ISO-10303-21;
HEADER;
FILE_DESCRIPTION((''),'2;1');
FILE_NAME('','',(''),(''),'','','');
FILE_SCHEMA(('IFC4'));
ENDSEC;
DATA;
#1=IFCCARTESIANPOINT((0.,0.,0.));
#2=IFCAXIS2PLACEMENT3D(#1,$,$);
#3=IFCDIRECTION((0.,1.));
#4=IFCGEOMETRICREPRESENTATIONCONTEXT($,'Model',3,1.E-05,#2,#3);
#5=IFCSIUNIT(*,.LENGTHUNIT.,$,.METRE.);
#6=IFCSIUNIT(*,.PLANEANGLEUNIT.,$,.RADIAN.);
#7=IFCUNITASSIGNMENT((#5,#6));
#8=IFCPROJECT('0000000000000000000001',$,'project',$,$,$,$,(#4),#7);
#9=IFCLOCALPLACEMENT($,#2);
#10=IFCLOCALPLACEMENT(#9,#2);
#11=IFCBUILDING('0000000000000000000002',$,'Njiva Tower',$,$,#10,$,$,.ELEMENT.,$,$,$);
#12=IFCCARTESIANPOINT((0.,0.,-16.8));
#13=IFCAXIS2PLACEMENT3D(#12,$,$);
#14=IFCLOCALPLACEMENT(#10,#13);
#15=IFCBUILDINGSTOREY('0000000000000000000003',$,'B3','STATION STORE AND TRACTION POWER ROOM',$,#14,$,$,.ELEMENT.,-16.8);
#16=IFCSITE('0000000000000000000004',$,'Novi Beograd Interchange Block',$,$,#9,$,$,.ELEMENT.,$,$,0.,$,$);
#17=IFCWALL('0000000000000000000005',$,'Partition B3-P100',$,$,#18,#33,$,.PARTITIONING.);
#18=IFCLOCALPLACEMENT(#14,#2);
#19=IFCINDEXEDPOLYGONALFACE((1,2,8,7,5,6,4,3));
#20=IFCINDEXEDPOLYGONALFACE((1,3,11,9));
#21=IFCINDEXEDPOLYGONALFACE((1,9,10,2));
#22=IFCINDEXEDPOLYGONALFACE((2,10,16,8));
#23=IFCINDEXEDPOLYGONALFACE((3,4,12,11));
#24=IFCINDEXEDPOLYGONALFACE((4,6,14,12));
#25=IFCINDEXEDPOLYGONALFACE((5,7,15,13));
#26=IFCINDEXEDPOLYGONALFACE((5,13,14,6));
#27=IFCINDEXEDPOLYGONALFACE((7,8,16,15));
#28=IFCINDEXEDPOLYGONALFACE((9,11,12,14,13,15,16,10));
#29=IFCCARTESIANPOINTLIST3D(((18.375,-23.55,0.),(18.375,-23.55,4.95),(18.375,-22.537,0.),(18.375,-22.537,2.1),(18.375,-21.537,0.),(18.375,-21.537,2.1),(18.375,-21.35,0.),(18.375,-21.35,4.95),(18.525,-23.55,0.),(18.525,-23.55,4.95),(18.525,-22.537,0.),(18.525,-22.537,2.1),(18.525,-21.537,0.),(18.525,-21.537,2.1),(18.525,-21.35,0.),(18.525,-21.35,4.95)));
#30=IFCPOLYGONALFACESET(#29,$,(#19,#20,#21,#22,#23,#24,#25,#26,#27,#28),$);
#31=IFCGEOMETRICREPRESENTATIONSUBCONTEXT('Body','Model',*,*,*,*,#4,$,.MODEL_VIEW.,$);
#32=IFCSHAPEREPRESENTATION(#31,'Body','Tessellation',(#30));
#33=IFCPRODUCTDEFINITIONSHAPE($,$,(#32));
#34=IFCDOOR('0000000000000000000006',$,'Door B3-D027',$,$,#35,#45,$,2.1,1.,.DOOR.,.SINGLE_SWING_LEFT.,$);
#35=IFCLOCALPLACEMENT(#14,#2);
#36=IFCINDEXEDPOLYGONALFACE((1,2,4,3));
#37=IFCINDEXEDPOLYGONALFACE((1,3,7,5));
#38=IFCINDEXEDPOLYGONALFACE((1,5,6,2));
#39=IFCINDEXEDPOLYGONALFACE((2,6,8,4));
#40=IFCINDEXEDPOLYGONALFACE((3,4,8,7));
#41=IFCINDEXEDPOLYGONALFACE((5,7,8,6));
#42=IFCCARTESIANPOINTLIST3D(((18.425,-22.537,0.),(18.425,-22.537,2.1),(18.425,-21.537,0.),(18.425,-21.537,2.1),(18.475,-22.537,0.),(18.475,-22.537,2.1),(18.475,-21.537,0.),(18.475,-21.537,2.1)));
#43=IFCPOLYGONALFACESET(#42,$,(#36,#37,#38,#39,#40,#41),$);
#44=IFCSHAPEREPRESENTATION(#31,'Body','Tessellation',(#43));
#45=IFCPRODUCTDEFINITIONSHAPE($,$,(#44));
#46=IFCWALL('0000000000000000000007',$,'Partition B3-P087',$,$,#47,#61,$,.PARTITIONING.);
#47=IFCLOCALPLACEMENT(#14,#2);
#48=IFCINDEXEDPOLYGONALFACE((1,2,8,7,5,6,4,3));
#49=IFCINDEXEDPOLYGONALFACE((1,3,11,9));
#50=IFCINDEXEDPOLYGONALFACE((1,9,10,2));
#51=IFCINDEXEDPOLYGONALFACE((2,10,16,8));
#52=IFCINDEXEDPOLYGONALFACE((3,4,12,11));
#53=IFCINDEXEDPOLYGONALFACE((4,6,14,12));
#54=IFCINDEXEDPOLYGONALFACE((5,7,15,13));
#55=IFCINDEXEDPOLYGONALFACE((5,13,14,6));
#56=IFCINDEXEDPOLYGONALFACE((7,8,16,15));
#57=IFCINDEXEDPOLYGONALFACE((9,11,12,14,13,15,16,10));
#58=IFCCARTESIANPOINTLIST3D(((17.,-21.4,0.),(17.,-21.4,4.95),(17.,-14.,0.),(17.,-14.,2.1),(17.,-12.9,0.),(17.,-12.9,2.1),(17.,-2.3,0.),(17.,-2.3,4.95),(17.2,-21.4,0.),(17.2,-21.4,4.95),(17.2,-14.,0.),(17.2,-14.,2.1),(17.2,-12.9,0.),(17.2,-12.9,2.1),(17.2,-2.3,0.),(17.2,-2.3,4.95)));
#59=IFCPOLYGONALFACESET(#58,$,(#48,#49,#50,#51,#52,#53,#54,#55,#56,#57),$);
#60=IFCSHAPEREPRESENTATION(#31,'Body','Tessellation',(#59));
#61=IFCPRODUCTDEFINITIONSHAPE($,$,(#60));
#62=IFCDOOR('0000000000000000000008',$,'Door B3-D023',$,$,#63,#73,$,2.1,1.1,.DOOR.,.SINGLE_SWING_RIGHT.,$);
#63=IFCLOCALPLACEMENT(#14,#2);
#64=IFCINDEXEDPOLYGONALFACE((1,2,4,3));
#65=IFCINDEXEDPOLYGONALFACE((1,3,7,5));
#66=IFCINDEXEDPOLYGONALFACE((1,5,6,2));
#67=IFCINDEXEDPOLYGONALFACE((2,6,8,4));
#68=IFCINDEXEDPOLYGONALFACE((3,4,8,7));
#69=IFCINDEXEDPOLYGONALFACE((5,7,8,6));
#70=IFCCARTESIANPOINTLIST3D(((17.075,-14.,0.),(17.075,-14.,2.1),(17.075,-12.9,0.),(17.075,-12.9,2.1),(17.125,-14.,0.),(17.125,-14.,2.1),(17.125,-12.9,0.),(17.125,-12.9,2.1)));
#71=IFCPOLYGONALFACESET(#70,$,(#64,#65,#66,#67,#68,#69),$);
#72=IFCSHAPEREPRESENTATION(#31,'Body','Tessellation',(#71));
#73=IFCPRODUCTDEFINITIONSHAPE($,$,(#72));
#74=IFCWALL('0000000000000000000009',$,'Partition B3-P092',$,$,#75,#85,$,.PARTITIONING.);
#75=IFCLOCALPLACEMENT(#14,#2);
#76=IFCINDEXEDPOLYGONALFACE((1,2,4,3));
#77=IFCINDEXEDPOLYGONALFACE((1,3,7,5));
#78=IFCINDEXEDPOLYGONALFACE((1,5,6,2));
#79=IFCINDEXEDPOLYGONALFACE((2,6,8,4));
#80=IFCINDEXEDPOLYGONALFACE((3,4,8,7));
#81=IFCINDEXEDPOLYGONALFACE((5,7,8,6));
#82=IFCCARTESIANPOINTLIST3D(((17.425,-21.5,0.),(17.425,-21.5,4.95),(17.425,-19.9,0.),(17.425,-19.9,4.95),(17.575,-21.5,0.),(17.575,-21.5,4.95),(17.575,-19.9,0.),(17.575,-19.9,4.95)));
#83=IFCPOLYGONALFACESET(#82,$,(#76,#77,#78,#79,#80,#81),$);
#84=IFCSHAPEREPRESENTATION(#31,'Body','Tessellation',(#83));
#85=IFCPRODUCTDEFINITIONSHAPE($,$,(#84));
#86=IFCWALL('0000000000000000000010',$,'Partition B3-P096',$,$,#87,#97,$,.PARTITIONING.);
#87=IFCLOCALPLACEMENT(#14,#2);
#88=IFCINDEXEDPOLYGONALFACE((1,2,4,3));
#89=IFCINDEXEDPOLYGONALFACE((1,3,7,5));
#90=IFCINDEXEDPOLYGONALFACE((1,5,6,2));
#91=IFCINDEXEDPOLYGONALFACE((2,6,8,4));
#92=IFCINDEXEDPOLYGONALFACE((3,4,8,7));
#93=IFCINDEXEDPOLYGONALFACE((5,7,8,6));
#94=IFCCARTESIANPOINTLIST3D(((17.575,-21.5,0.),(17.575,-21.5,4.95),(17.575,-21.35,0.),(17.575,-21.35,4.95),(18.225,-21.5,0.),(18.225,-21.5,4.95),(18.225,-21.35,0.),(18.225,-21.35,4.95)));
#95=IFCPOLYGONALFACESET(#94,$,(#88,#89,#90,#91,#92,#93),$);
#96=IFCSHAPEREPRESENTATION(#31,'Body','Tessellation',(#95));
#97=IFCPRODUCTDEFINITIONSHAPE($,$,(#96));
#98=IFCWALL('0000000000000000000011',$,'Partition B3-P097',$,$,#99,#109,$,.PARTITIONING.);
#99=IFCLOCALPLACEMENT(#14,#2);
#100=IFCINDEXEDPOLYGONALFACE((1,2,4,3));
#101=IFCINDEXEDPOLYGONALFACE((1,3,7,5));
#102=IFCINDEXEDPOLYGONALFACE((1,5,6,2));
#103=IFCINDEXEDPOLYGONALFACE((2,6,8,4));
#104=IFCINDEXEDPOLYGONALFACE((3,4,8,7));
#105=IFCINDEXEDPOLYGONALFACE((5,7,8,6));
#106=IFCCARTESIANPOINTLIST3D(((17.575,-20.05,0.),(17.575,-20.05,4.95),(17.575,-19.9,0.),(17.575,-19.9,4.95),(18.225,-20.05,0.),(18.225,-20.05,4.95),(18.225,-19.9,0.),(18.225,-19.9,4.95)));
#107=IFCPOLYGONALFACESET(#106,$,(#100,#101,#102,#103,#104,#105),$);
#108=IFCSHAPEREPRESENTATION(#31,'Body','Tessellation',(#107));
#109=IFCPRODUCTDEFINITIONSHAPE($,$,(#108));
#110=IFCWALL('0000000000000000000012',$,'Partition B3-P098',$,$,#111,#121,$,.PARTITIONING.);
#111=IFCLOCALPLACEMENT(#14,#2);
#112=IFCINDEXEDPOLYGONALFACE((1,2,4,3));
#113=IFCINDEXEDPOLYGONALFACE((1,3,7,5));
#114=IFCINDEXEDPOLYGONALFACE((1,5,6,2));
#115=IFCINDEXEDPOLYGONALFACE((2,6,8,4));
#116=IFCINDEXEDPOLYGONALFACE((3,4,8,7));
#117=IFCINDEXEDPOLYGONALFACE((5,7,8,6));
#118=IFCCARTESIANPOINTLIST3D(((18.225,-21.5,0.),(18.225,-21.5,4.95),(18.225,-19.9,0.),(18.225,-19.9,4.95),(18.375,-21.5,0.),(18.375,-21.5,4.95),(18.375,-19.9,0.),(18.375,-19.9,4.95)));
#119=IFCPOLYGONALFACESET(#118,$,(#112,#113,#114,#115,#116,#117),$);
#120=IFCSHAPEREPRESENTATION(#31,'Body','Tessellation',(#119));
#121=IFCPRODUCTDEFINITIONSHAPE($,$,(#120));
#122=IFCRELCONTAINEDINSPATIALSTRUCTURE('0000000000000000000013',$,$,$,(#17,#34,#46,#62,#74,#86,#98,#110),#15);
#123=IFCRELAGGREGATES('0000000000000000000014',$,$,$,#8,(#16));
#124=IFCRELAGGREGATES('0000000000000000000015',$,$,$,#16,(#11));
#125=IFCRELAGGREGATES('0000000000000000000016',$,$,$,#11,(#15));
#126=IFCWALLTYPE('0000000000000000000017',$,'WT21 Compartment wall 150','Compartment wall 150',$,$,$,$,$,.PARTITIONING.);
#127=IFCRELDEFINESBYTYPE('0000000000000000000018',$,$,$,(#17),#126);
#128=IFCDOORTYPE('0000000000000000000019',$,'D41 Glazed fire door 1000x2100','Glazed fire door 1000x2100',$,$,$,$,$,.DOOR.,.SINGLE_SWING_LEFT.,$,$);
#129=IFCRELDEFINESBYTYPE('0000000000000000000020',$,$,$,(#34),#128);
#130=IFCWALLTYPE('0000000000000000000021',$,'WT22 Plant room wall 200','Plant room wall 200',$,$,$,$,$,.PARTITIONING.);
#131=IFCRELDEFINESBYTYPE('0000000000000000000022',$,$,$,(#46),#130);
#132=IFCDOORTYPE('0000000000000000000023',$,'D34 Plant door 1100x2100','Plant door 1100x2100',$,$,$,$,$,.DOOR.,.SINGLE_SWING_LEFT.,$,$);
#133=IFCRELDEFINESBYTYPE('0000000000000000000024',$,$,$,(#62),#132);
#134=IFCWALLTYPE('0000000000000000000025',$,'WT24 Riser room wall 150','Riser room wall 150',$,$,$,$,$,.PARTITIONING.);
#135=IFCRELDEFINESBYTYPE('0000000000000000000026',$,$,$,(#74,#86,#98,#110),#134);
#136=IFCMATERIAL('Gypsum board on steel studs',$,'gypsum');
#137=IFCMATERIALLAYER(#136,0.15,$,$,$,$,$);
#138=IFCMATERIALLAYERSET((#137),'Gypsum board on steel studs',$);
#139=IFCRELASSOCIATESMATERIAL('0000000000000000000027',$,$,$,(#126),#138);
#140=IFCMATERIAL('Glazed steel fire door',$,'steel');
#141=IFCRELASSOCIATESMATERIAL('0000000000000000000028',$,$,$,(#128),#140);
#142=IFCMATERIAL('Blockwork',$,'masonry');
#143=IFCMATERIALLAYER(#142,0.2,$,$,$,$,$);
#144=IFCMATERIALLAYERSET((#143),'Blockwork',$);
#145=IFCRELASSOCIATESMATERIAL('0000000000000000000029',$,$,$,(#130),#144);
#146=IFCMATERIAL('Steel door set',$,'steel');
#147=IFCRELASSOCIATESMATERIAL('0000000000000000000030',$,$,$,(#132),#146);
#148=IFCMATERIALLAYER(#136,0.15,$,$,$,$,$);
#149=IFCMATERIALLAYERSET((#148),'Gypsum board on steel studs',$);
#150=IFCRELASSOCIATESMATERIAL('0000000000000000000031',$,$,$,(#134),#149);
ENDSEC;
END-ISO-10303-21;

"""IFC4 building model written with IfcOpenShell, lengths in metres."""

from ifc_helpers import new_model, si_unit, direction, frame, frame_2d, origin, place, context, subcontext, project, spatial, rectangle, extrude, material, layer, layer_set, type_object, element, fill, save


model = new_model("IFC4")

# Units and contexts
model_context = context("Model", 3, precision=1e-05, world=origin(), true_north=direction((0.0, 1.0)))
body_context = subcontext(model_context, "Body", "Model", "MODEL_VIEW")
ifc_project = project(units=[si_unit("LENGTHUNIT", "METRE"), si_unit("PLANEANGLEUNIT", "RADIAN")], contexts=[model_context])

# Site, building, storey
site_placement = place(None, origin())
site = spatial("IfcSite", under=ifc_project, at=site_placement, Name="Novi Beograd Interchange Block", CompositionType="ELEMENT", RefElevation=0.0)
building_placement = place(site_placement, origin())
building = spatial("IfcBuilding", under=site, at=building_placement, Name="Njiva Tower", CompositionType="ELEMENT")
storey_placement = place(building_placement, frame((0.0, 0.0, -16.8)))
storey = spatial("IfcBuildingStorey", under=building, at=storey_placement, Name="B3", Description="STATION STORE AND TRACTION POWER ROOM", CompositionType="ELEMENT", Elevation=-16.8)

# Shared definitions
ifc_material_1 = material(Name="Gypsum board on steel studs", Category="gypsum")
ifc_layer_1 = layer(ifc_material_1, 0.15)
ifc_layer_set_1 = layer_set([ifc_layer_1], Name="Gypsum board on steel studs")
wall_type_1 = type_object("IfcWallType", Name="WT21 Compartment wall 150", Description="Compartment wall 150", PredefinedType="PARTITIONING", material=ifc_layer_set_1)
ifc_material_2 = material(Name="Glazed steel fire door", Category="steel")
door_type_1 = type_object("IfcDoorType", Name="D41 Glazed fire door 1000x2100", Description="Glazed fire door 1000x2100", OperationType="SINGLE_SWING_LEFT", PredefinedType="DOOR", material=ifc_material_2)

# Walls, openings, doors
wall_1_placement = place(storey_placement, frame((18.45, -23.55, 0.0), z_axis=(0.0, 0.0, 1.0), x_axis=(0.0, 1.0, 0.0)))
wall_1 = element("IfcWall", 1, at=wall_1_placement, inside=storey, type_object=wall_type_1, Name="Partition B3-P100", PredefinedType="PARTITIONING", context=body_context, shape_type="SweptSolid", body=[
    extrude(rectangle(XDim=2.2, YDim=0.15, at=frame_2d((1.1, 0.0))), origin(), (0.0, 0.0, 1.0), 4.95),
])
opening_1_placement = place(wall_1_placement, frame((1.013, 0.0, 0.0)))
opening_1 = element("IfcOpeningElement", 2, at=opening_1_placement, cuts=wall_1, PredefinedType="OPENING", context=body_context, shape_type="SweptSolid", body=[
    extrude(rectangle(XDim=1.0, YDim=2.1, at=frame_2d((0.5, 1.05))), frame((0.0, 0.085, 0.0), z_axis=(0.0, -1.0, 0.0), x_axis=(1.0, 0.0, 0.0)), (0.0, 0.0, 1.0), 0.17),
])
door_1_placement = place(opening_1_placement, origin())
door_1 = element("IfcDoor", 3, at=door_1_placement, inside=storey, type_object=door_type_1, Name="Door B3-D027", OperationType="SINGLE_SWING_LEFT", OverallHeight=2.1, OverallWidth=1.0, PredefinedType="DOOR", context=body_context, shape_type="SweptSolid", body=[
    extrude(rectangle(XDim=1.0, YDim=2.1, at=frame_2d((0.5, 1.05))), frame((0.0, 0.025, 0.0), z_axis=(0.0, -1.0, 0.0), x_axis=(1.0, 0.0, 0.0)), (0.0, 0.0, 1.0), 0.05),
])
fill(opening_1, door_1)
ifc_material_3 = material(Name="Blockwork", Category="masonry")
ifc_layer_2 = layer(ifc_material_3, 0.2)
ifc_layer_set_2 = layer_set([ifc_layer_2], Name="Blockwork")
wall_type_2 = type_object("IfcWallType", Name="WT22 Plant room wall 200", Description="Plant room wall 200", PredefinedType="PARTITIONING", material=ifc_layer_set_2)
wall_2_placement = place(storey_placement, frame((17.1, -21.4, 0.0), z_axis=(0.0, 0.0, 1.0), x_axis=(0.0, 1.0, 0.0)))
wall_2 = element("IfcWall", 4, at=wall_2_placement, inside=storey, type_object=wall_type_2, Name="Partition B3-P087", PredefinedType="PARTITIONING", context=body_context, shape_type="SweptSolid", body=[
    extrude(rectangle(XDim=19.1, YDim=0.2, at=frame_2d((9.55, 0.0))), origin(), (0.0, 0.0, 1.0), 4.95),
])
opening_2_placement = place(wall_2_placement, frame((7.4, 0.0, 0.0)))
opening_2 = element("IfcOpeningElement", 5, at=opening_2_placement, cuts=wall_2, PredefinedType="OPENING", context=body_context, shape_type="SweptSolid", body=[
    extrude(rectangle(XDim=1.1, YDim=2.1, at=frame_2d((0.55, 1.05))), frame((0.0, 0.11, 0.0), z_axis=(0.0, -1.0, 0.0), x_axis=(1.0, 0.0, 0.0)), (0.0, 0.0, 1.0), 0.22),
])
ifc_material_4 = material(Name="Steel door set", Category="steel")
door_type_2 = type_object("IfcDoorType", Name="D34 Plant door 1100x2100", Description="Plant door 1100x2100", OperationType="SINGLE_SWING_LEFT", PredefinedType="DOOR", material=ifc_material_4)
door_2_placement = place(opening_2_placement, origin())
door_2 = element("IfcDoor", 6, at=door_2_placement, inside=storey, type_object=door_type_2, Name="Door B3-D023", OperationType="SINGLE_SWING_RIGHT", OverallHeight=2.1, OverallWidth=1.1, PredefinedType="DOOR", context=body_context, shape_type="SweptSolid", body=[
    extrude(rectangle(XDim=1.1, YDim=2.1, at=frame_2d((0.55, 1.05))), frame((0.0, 0.025, 0.0), z_axis=(0.0, -1.0, 0.0), x_axis=(1.0, 0.0, 0.0)), (0.0, 0.0, 1.0), 0.05),
])
fill(opening_2, door_2)

# Walls
ifc_layer_3 = layer(ifc_material_1, 0.15)
ifc_layer_set_3 = layer_set([ifc_layer_3], Name="Gypsum board on steel studs")
wall_type_3 = type_object("IfcWallType", Name="WT24 Riser room wall 150", Description="Riser room wall 150", PredefinedType="PARTITIONING", material=ifc_layer_set_3)
wall_3_placement = place(storey_placement, frame((17.5, -21.5, 0.0), z_axis=(0.0, 0.0, 1.0), x_axis=(0.0, 1.0, 0.0)))
element("IfcWall", 7, at=wall_3_placement, inside=storey, type_object=wall_type_3, Name="Partition B3-P092", PredefinedType="PARTITIONING", context=body_context, shape_type="SweptSolid", body=[
    extrude(rectangle(XDim=1.6, YDim=0.15, at=frame_2d((0.8, 0.0))), origin(), (0.0, 0.0, 1.0), 4.95),
])
for number, where, z_axis, x_axis, name in (
    (8, (17.575, -21.425, 0.0), (0.0, 0.0, 1.0), (1.0, 0.0, 0.0), "Partition B3-P096"),
    (9, (17.575, -19.975, 0.0), (0.0, 0.0, 1.0), (1.0, 0.0, 0.0), "Partition B3-P097"),
):
    element("IfcWall", number, at=place(storey_placement, frame(where, z_axis=z_axis, x_axis=x_axis)), inside=storey, type_object=wall_type_3, Name=name, PredefinedType="PARTITIONING", context=body_context, shape_type="SweptSolid", body=[
        extrude(rectangle(XDim=0.65, YDim=0.15, at=frame_2d((0.325, 0.0))), origin(), (0.0, 0.0, 1.0), 4.95),
    ])
wall_4_placement = place(storey_placement, frame((18.3, -21.5, 0.0), z_axis=(0.0, 0.0, 1.0), x_axis=(0.0, 1.0, 0.0)))
element("IfcWall", 10, at=wall_4_placement, inside=storey, type_object=wall_type_3, Name="Partition B3-P098", PredefinedType="PARTITIONING", context=body_context, shape_type="SweptSolid", body=[
    extrude(rectangle(XDim=1.6, YDim=0.15, at=frame_2d((0.8, 0.0))), origin(), (0.0, 0.0, 1.0), 4.95),
])

save(model, "model.ifc")
